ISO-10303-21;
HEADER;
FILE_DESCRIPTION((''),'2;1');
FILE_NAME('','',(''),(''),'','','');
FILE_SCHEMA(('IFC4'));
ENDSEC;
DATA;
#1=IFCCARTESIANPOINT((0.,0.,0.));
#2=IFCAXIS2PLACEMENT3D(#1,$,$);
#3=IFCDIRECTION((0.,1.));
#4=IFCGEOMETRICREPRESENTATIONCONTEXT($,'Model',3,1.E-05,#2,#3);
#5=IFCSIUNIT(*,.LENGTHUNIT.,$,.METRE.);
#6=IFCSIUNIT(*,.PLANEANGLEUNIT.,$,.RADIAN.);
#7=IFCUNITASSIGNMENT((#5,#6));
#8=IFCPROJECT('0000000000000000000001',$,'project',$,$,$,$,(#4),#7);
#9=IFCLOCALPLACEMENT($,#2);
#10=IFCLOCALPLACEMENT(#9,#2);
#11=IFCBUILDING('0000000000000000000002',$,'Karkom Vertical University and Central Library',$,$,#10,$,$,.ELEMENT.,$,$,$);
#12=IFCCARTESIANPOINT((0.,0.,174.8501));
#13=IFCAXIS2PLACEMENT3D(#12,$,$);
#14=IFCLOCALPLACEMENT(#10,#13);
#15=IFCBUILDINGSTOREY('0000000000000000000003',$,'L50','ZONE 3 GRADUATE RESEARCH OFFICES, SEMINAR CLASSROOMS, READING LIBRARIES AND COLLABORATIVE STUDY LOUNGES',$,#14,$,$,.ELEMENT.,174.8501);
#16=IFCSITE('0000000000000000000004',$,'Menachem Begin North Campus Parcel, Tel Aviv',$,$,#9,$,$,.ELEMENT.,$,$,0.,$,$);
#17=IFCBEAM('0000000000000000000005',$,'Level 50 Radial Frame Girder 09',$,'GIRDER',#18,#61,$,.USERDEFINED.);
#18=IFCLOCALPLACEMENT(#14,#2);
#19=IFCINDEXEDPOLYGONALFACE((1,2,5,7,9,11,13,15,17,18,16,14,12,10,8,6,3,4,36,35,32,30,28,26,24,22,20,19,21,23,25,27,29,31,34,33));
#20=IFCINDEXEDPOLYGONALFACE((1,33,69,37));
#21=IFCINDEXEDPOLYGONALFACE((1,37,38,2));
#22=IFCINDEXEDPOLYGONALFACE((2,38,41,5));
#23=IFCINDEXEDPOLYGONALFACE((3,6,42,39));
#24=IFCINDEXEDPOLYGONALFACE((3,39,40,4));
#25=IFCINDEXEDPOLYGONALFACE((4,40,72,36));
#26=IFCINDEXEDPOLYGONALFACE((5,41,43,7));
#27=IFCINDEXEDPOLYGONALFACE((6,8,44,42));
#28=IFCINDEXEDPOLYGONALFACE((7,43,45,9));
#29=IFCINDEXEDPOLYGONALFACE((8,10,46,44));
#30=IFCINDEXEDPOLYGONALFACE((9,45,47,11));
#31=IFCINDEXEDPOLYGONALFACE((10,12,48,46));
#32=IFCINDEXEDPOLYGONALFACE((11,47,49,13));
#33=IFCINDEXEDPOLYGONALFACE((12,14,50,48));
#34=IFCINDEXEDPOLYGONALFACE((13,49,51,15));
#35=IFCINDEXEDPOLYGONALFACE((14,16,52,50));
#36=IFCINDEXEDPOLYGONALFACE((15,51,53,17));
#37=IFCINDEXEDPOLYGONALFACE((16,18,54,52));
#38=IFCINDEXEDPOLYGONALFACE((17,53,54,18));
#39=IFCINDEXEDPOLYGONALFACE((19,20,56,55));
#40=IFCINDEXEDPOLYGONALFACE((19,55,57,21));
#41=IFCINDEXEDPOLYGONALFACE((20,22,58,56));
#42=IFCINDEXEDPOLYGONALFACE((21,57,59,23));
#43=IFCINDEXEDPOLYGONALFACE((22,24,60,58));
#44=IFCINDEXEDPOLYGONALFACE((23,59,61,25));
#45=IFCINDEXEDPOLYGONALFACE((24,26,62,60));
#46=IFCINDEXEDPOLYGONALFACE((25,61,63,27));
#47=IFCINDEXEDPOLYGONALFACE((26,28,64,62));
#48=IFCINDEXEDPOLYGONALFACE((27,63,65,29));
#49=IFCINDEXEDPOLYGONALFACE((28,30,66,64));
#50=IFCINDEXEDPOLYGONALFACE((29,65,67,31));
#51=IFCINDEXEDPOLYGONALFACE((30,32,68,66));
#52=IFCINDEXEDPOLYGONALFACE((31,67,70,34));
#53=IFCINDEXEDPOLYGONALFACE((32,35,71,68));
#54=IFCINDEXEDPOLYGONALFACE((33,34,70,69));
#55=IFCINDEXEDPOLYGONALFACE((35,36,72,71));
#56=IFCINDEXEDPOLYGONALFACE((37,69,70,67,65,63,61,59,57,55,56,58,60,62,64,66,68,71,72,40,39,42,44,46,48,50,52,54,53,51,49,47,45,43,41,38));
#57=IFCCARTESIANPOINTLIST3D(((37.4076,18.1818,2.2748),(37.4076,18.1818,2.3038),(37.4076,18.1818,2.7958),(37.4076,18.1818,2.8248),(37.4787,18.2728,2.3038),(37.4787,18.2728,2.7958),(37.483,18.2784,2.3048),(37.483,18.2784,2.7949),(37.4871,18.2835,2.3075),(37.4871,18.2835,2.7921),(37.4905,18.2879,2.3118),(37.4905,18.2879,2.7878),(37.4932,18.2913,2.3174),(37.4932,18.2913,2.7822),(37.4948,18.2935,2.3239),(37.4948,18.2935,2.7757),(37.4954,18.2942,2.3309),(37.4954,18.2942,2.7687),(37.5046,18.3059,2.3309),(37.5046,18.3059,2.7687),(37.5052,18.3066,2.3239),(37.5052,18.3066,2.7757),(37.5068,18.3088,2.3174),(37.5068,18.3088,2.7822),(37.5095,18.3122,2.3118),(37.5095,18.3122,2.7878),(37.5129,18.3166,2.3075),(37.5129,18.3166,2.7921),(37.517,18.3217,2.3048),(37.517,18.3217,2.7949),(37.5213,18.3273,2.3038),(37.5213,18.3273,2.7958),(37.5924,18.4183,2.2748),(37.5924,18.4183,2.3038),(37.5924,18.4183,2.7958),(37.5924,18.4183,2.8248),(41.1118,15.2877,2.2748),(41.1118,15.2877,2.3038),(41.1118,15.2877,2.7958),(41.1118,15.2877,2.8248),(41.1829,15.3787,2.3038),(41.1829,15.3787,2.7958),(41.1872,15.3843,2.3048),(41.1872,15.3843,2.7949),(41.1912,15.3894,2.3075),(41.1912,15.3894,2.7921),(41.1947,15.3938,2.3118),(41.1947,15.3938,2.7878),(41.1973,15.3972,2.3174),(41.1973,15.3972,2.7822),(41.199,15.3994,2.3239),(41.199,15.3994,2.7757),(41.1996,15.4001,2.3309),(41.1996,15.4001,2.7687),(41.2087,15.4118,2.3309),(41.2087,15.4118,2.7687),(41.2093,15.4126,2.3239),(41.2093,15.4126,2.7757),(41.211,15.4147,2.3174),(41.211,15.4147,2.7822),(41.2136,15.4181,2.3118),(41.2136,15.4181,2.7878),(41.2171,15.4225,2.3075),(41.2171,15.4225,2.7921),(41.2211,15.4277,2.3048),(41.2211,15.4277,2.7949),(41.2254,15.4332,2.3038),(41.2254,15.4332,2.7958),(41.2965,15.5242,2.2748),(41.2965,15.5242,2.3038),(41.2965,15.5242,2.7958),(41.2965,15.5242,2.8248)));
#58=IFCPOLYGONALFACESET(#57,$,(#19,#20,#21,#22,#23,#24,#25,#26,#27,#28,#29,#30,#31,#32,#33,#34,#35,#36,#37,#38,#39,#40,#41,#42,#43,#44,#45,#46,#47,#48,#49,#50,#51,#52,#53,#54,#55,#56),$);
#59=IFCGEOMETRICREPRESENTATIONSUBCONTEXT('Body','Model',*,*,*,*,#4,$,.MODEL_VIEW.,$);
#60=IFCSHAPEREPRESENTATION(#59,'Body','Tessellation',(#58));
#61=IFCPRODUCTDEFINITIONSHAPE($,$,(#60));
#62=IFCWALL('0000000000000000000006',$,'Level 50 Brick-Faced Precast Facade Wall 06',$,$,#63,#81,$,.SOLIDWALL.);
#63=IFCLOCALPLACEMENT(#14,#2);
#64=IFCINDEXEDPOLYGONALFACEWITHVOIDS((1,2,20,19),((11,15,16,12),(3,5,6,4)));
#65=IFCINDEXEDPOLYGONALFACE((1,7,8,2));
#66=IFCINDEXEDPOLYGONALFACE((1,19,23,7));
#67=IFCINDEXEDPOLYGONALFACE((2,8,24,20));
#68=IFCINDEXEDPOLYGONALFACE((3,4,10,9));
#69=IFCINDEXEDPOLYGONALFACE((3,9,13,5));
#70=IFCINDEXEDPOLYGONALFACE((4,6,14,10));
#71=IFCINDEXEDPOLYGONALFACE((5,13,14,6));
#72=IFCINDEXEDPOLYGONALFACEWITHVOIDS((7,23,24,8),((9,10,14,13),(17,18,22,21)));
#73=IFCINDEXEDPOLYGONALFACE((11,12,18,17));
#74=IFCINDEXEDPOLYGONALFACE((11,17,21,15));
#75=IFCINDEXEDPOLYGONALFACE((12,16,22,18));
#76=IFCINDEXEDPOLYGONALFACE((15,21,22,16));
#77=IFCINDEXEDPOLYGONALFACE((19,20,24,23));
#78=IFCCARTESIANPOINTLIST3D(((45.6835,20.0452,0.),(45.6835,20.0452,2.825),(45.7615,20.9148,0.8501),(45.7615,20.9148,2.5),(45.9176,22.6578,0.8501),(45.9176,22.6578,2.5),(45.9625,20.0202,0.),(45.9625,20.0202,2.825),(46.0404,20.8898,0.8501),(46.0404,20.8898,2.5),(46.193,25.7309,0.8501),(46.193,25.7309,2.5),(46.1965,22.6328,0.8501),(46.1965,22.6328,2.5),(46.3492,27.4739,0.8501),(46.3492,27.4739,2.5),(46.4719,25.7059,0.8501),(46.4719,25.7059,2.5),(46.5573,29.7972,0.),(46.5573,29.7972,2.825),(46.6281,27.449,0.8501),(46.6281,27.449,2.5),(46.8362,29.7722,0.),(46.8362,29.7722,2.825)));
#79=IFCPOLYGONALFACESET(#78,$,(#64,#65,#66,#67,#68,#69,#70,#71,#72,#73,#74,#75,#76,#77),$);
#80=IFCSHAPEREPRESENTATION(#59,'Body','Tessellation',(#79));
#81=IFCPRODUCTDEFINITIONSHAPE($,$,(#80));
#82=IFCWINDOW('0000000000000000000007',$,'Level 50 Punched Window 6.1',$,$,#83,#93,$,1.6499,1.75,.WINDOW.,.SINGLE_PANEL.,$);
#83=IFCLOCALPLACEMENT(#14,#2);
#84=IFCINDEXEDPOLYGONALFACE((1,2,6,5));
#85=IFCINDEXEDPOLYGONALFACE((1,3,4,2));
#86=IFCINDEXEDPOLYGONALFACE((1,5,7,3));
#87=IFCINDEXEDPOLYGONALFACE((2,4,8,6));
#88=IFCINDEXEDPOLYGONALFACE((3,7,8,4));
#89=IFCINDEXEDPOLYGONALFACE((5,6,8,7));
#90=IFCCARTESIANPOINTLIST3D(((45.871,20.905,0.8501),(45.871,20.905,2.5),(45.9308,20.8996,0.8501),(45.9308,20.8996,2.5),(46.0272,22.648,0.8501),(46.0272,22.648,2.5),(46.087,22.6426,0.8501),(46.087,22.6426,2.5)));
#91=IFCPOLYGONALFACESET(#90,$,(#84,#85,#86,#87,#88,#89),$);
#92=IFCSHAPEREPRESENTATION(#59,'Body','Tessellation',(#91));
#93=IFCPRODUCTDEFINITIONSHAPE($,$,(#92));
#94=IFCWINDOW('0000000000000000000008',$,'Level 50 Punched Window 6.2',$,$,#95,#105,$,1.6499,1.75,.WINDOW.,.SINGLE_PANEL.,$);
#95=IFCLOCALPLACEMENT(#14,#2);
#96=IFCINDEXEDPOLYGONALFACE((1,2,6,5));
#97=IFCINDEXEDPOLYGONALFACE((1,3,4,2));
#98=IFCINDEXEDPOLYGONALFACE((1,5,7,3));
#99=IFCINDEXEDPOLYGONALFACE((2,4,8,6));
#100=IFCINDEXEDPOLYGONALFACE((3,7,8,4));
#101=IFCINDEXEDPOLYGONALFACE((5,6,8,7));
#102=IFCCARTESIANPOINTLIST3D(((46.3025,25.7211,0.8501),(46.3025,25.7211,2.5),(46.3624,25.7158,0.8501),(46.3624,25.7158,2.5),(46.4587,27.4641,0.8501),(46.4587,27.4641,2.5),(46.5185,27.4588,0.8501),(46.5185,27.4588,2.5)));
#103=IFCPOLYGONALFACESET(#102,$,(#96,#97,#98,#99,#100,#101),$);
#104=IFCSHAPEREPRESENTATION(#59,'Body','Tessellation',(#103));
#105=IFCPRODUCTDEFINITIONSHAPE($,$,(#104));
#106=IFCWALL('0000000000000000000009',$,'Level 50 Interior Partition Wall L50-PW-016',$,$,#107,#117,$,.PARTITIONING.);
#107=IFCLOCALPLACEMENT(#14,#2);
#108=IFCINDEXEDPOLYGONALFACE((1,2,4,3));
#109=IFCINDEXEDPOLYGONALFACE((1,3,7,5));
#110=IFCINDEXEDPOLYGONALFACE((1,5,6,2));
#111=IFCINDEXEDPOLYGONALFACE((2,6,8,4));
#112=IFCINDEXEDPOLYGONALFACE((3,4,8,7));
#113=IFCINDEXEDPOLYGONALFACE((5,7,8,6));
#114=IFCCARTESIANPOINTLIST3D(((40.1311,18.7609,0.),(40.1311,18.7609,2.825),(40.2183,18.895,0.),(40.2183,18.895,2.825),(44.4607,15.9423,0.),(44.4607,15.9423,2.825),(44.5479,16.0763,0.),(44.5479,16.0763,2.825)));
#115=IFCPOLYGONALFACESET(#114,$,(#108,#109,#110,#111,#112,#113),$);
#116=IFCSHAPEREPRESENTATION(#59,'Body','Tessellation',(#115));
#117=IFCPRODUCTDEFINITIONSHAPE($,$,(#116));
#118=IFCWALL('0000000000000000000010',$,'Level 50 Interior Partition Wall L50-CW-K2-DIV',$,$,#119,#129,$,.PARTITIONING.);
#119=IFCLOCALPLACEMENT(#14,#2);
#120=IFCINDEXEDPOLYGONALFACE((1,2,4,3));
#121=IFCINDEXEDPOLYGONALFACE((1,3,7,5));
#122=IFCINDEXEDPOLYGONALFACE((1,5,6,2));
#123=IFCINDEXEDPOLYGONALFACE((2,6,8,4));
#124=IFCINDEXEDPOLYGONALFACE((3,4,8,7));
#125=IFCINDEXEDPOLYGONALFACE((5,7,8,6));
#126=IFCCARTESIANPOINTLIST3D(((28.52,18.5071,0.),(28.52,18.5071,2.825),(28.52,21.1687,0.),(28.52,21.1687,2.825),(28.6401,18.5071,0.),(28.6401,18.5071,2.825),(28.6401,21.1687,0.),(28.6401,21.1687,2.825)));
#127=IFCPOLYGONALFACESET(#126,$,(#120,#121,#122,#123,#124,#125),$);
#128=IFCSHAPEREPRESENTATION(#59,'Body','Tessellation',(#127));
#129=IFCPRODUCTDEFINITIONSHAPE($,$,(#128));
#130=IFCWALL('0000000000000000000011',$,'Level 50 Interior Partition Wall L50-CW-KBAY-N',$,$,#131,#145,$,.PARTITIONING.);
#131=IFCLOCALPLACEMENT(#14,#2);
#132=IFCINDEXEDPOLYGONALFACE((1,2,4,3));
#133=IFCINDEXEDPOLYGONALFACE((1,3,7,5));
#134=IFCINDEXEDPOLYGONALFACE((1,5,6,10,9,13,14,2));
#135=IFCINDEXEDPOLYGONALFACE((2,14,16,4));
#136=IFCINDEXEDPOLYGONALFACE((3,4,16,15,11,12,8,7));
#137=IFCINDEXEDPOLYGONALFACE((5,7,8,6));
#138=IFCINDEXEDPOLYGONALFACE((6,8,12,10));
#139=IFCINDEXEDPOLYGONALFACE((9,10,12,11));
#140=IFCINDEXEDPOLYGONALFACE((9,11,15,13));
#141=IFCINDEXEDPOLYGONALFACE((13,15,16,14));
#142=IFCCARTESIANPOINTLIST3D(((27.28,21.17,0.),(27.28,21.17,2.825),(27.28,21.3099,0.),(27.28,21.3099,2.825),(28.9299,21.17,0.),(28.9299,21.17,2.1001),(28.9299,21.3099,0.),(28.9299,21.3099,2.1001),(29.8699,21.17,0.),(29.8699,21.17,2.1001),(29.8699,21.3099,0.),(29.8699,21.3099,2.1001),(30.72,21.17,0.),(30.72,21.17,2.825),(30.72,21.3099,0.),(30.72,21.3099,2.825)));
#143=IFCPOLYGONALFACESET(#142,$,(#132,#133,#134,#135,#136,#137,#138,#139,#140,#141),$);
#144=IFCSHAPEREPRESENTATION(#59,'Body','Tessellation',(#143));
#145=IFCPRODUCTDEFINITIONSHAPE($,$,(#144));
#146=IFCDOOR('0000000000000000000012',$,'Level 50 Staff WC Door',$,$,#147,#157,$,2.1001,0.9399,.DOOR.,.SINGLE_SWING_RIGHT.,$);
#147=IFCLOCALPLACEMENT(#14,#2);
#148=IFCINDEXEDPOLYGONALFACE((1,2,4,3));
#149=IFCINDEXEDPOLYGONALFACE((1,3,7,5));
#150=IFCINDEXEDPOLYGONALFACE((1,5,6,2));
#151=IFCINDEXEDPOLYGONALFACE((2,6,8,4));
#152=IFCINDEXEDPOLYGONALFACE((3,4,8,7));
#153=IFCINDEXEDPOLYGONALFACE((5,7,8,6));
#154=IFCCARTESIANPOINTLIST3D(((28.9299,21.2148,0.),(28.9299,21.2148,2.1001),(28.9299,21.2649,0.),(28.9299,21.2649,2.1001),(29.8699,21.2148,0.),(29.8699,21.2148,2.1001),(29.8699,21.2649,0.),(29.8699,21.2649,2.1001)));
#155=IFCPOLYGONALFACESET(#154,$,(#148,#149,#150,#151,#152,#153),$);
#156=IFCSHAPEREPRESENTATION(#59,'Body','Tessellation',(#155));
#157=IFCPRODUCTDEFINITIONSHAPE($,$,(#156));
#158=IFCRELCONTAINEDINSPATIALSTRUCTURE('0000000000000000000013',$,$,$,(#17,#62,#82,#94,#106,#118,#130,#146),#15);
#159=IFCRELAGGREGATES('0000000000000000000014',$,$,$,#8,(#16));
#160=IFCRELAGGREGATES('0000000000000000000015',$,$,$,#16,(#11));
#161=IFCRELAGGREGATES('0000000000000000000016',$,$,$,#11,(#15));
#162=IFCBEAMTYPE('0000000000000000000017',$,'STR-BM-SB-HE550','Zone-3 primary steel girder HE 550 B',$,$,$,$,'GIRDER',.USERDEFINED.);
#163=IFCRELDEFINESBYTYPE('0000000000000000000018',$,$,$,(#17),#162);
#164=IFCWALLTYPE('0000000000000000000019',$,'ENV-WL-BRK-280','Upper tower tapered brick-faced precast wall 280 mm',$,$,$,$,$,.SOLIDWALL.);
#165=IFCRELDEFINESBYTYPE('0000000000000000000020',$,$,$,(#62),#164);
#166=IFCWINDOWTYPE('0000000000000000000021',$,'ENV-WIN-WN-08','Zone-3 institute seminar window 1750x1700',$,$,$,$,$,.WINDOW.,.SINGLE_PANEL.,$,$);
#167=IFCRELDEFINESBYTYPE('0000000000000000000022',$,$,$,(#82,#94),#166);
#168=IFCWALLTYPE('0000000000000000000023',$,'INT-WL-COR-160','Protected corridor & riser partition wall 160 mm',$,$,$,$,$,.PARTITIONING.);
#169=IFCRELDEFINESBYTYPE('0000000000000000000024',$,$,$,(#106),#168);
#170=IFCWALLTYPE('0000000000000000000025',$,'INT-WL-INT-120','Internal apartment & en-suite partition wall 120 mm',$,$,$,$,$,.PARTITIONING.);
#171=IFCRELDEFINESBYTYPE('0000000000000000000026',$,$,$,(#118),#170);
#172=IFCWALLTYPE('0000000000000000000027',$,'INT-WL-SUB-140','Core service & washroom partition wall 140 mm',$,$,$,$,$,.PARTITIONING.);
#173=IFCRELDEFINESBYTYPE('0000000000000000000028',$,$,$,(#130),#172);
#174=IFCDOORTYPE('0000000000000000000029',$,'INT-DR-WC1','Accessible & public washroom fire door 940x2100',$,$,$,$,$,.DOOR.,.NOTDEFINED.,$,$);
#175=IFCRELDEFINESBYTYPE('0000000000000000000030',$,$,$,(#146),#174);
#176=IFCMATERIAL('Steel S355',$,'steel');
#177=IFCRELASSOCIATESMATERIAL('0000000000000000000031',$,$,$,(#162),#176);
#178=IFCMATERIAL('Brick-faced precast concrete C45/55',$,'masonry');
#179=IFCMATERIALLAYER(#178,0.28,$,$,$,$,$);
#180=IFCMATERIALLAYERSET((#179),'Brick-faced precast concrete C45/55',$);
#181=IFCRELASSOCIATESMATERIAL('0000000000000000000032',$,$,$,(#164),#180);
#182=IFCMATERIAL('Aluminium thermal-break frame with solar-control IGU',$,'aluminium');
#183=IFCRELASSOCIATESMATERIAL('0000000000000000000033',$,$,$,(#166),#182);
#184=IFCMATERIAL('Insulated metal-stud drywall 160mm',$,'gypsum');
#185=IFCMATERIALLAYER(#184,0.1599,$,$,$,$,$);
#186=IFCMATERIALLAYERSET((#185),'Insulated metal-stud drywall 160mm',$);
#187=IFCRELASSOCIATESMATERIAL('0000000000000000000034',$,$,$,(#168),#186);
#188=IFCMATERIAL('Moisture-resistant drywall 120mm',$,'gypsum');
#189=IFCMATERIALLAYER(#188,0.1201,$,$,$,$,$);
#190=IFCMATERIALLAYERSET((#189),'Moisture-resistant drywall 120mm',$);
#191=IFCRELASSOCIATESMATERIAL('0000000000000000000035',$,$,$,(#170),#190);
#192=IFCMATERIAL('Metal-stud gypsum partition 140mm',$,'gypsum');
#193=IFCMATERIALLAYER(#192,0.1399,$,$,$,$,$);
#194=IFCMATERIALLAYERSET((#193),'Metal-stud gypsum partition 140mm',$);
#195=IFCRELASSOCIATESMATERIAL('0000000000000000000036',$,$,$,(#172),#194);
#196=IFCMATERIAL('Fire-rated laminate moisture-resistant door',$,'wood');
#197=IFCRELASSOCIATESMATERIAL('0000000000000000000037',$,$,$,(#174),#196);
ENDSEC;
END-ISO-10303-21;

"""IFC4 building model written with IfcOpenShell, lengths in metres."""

from ifc_helpers import new_model, si_unit, direction, frame, frame_2d, origin, origin_with_axes, origin_2d, place, context, subcontext, project, spatial, rectangle, i_section, extrude, source, transform, mapped, material, layer, layer_set, material_profile, profile_set, type_object, element, fill, save


model = new_model("IFC4")

# Units and contexts
model_context = context("Model", 3, precision=1e-05, world=origin(), true_north=direction((0.0, 1.0)))
body_context = subcontext(model_context, "Body", "Model", "MODEL_VIEW")
ifc_project = project(units=[si_unit("LENGTHUNIT", "METRE"), si_unit("PLANEANGLEUNIT", "RADIAN")], contexts=[model_context])

# Site, building, storey
site_placement = place(None, origin())
site = spatial("IfcSite", under=ifc_project, at=site_placement, Name="Menachem Begin North Campus Parcel, Tel Aviv", CompositionType="ELEMENT", RefElevation=0.0)
building_placement = place(site_placement, origin())
building = spatial("IfcBuilding", under=site, at=building_placement, Name="Karkom Vertical University and Central Library", CompositionType="ELEMENT")
storey_placement = place(building_placement, frame((0.0, 0.0, 174.8501)))
storey = spatial("IfcBuildingStorey", under=building, at=storey_placement, Name="L50", Description="ZONE 3 GRADUATE RESEARCH OFFICES, SEMINAR CLASSROOMS, READING LIBRARIES AND COLLABORATIVE STUDY LOUNGES", CompositionType="ELEMENT", Elevation=174.8501)

# Beam
ifc_material_1 = material(Name="Steel S355", Category="steel")
ifc_material_profile_1 = material_profile(ifc_material_1, i_section(OverallWidth=0.3, OverallDepth=0.55, WebThickness=0.0149, FlangeThickness=0.0291, FilletRadius=0.0271, at=origin_2d()), Name="HE 550 B")
ifc_profile_set_1 = profile_set([ifc_material_profile_1], Name="Steel S355")
beam_type_1 = type_object("IfcBeamType", Name="STR-BM-SB-HE550", Description="Zone-3 primary steel girder HE 550 B", ElementType="GIRDER", PredefinedType="USERDEFINED", material=ifc_profile_set_1)
shared_shape_1 = source(origin_with_axes(), body_context, "Body", "SweptSolid", [
    extrude(i_section(OverallWidth=0.3, OverallDepth=0.55, WebThickness=0.0149, FlangeThickness=0.0291, FilletRadius=0.0271, at=origin_2d()), origin(), (0.0, 0.0, 1.0), 4.7007),
])
beam_1_placement = place(storey_placement, frame((37.5, 18.3, 2.5498), z_axis=(0.788002, -0.615672, 0.0), x_axis=(0.615672, 0.788002, 0.0)))
element("IfcBeam", 1, at=beam_1_placement, inside=storey, type_object=beam_type_1, Name="Level 50 Radial Frame Girder 09", ObjectType="GIRDER", PredefinedType="USERDEFINED", context=body_context, shape_type="MappedRepresentation", body=[
    mapped(shared_shape_1, transform((0.0, 0.0, 0.0), scale=1.0)),
])

# Wall, openings, windows
ifc_material_2 = material(Name="Brick-faced precast concrete C45/55", Category="masonry")
ifc_layer_1 = layer(ifc_material_2, 0.28)
ifc_layer_set_1 = layer_set([ifc_layer_1], Name="Brick-faced precast concrete C45/55")
wall_type_1 = type_object("IfcWallType", Name="ENV-WL-BRK-280", Description="Upper tower tapered brick-faced precast wall 280 mm", PredefinedType="SOLIDWALL", material=ifc_layer_set_1)
wall_1_placement = place(storey_placement, frame((45.823, 20.0327, 0.0), z_axis=(0.0, 0.0, 1.0), x_axis=(0.089243, 0.99601, 0.0)))
wall_1 = element("IfcWall", 2, at=wall_1_placement, inside=storey, type_object=wall_type_1, Name="Level 50 Brick-Faced Precast Facade Wall 06", PredefinedType="SOLIDWALL", context=body_context, shape_type="SweptSolid", body=[
    extrude(rectangle(XDim=9.791, YDim=0.28, at=frame_2d((4.8955, 0.0))), origin(), (0.0, 0.0, 1.0), 2.825),
])
opening_1_placement = place(wall_1_placement, frame((0.873, 0.0, 0.8501)))
opening_1 = element("IfcOpeningElement", 3, at=opening_1_placement, cuts=wall_1, PredefinedType="OPENING", context=body_context, shape_type="SweptSolid", body=[
    extrude(rectangle(XDim=1.75, YDim=1.6499, at=frame_2d((0.875, 0.825))), frame((0.0, 0.1499, 0.0), z_axis=(0.0, -1.0, 0.0), x_axis=(1.0, 0.0, 0.0)), (0.0, 0.0, 1.0), 0.3),
])
opening_2_placement = place(wall_1_placement, frame((5.7085, 0.0, 0.8501)))
opening_2 = element("IfcOpeningElement", 4, at=opening_2_placement, cuts=wall_1, PredefinedType="OPENING", context=body_context, shape_type="SweptSolid", body=[
    extrude(rectangle(XDim=1.75, YDim=1.6499, at=frame_2d((0.875, 0.825))), frame((0.0, 0.1499, 0.0), z_axis=(0.0, -1.0, 0.0), x_axis=(1.0, 0.0, 0.0)), (0.0, 0.0, 1.0), 0.3),
])
ifc_material_3 = material(Name="Aluminium thermal-break frame with solar-control IGU", Category="aluminium")
window_type = type_object("IfcWindowType", Name="ENV-WIN-WN-08", Description="Zone-3 institute seminar window 1750x1700", PartitioningType="SINGLE_PANEL", PredefinedType="WINDOW", material=ifc_material_3)
shared_shape_2 = source(origin_with_axes(), body_context, "Body", "SweptSolid", [
    extrude(rectangle(XDim=1.75, YDim=1.6499, at=frame_2d((0.875, 0.825))), frame((0.0, 0.03, 0.0), z_axis=(0.0, -1.0, 0.0), x_axis=(1.0, 0.0, 0.0)), (0.0, 0.0, 1.0), 0.0601),
])
window_1_placement = place(opening_1_placement, origin())
window_1 = element("IfcWindow", 5, at=window_1_placement, inside=storey, type_object=window_type, Name="Level 50 Punched Window 6.1", OverallHeight=1.6499, OverallWidth=1.75, PartitioningType="SINGLE_PANEL", PredefinedType="WINDOW", context=body_context, shape_type="MappedRepresentation", body=[
    mapped(shared_shape_2, transform((0.0, 0.0, 0.0), scale=1.0)),
])
fill(opening_1, window_1)
window_2_placement = place(opening_2_placement, origin())
window_2 = element("IfcWindow", 6, at=window_2_placement, inside=storey, type_object=window_type, Name="Level 50 Punched Window 6.2", OverallHeight=1.6499, OverallWidth=1.75, PartitioningType="SINGLE_PANEL", PredefinedType="WINDOW", context=body_context, shape_type="MappedRepresentation", body=[
    mapped(shared_shape_2, transform((0.0, 0.0, 0.0), scale=1.0)),
])
fill(opening_2, window_2)

# Walls
ifc_material_4 = material(Name="Insulated metal-stud drywall 160mm", Category="gypsum")
ifc_layer_2 = layer(ifc_material_4, 0.1599)
ifc_layer_set_2 = layer_set([ifc_layer_2], Name="Insulated metal-stud drywall 160mm")
wall_type_2 = type_object("IfcWallType", Name="INT-WL-COR-160", Description="Protected corridor & riser partition wall 160 mm", PredefinedType="PARTITIONING", material=ifc_layer_set_2)
wall_2_placement = place(storey_placement, frame((40.1748, 18.8279, 0.0), z_axis=(0.0, 0.0, 1.0), x_axis=(0.838057, -0.545583, 0.0)))
element("IfcWall", 7, at=wall_2_placement, inside=storey, type_object=wall_type_2, Name="Level 50 Interior Partition Wall L50-PW-016", PredefinedType="PARTITIONING", context=body_context, shape_type="SweptSolid", body=[
    extrude(rectangle(XDim=5.1663, YDim=0.1599, at=frame_2d((2.583, 0.0))), origin(), (0.0, 0.0, 1.0), 2.825),
])
ifc_material_5 = material(Name="Moisture-resistant drywall 120mm", Category="gypsum")
ifc_layer_3 = layer(ifc_material_5, 0.1201)
ifc_layer_set_3 = layer_set([ifc_layer_3], Name="Moisture-resistant drywall 120mm")
wall_type_3 = type_object("IfcWallType", Name="INT-WL-INT-120", Description="Internal apartment & en-suite partition wall 120 mm", PredefinedType="PARTITIONING", material=ifc_layer_set_3)
wall_3_placement = place(storey_placement, frame((28.5801, 18.5071, 0.0), z_axis=(0.0, 0.0, 1.0), x_axis=(0.0, 1.0, 0.0)))
element("IfcWall", 8, at=wall_3_placement, inside=storey, type_object=wall_type_3, Name="Level 50 Interior Partition Wall L50-CW-K2-DIV", PredefinedType="PARTITIONING", context=body_context, shape_type="SweptSolid", body=[
    extrude(rectangle(XDim=2.6616, YDim=0.1201, at=frame_2d((1.3308, 0.0))), origin(), (0.0, 0.0, 1.0), 2.825),
])

# Wall, opening, door
ifc_material_6 = material(Name="Metal-stud gypsum partition 140mm", Category="gypsum")
ifc_layer_4 = layer(ifc_material_6, 0.1399)
ifc_layer_set_4 = layer_set([ifc_layer_4], Name="Metal-stud gypsum partition 140mm")
wall_type_4 = type_object("IfcWallType", Name="INT-WL-SUB-140", Description="Core service & washroom partition wall 140 mm", PredefinedType="PARTITIONING", material=ifc_layer_set_4)
wall_4_placement = place(storey_placement, frame((27.28, 21.24, 0.0), z_axis=(0.0, 0.0, 1.0), x_axis=(1.0, 0.0, 0.0)))
wall_4 = element("IfcWall", 9, at=wall_4_placement, inside=storey, type_object=wall_type_4, Name="Level 50 Interior Partition Wall L50-CW-KBAY-N", PredefinedType="PARTITIONING", context=body_context, shape_type="SweptSolid", body=[
    extrude(rectangle(XDim=3.4399, YDim=0.1399, at=frame_2d((1.72, 0.0))), origin(), (0.0, 0.0, 1.0), 2.825),
])
opening_3_placement = place(wall_4_placement, frame((1.6499, 0.0, 0.0)))
opening_3 = element("IfcOpeningElement", 10, at=opening_3_placement, cuts=wall_4, PredefinedType="OPENING", context=body_context, shape_type="SweptSolid", body=[
    extrude(rectangle(XDim=0.9399, YDim=2.1001, at=frame_2d((0.47, 1.05))), frame((0.0, 0.0801, 0.0), z_axis=(0.0, -1.0, 0.0), x_axis=(1.0, 0.0, 0.0)), (0.0, 0.0, 1.0), 0.1599),
])
ifc_material_7 = material(Name="Fire-rated laminate moisture-resistant door", Category="wood")
door_type_1 = type_object("IfcDoorType", Name="INT-DR-WC1", Description="Accessible & public washroom fire door 940x2100", OperationType="NOTDEFINED", PredefinedType="DOOR", material=ifc_material_7)
shared_shape_3 = source(origin_with_axes(), body_context, "Body", "SweptSolid", [
    extrude(rectangle(XDim=0.9399, YDim=2.1001, at=frame_2d((0.47, 1.05))), frame((0.0, 0.0249, 0.0), z_axis=(0.0, -1.0, 0.0), x_axis=(1.0, 0.0, 0.0)), (0.0, 0.0, 1.0), 0.05),
])
door_1_placement = place(opening_3_placement, origin())
door_1 = element("IfcDoor", 11, at=door_1_placement, inside=storey, type_object=door_type_1, Name="Level 50 Staff WC Door", OperationType="SINGLE_SWING_RIGHT", OverallHeight=2.1001, OverallWidth=0.9399, PredefinedType="DOOR", context=body_context, shape_type="MappedRepresentation", body=[
    mapped(shared_shape_3, transform((0.0, 0.0, 0.0), scale=1.0)),
])
fill(opening_3, door_1)

save(model, "model.ifc")
